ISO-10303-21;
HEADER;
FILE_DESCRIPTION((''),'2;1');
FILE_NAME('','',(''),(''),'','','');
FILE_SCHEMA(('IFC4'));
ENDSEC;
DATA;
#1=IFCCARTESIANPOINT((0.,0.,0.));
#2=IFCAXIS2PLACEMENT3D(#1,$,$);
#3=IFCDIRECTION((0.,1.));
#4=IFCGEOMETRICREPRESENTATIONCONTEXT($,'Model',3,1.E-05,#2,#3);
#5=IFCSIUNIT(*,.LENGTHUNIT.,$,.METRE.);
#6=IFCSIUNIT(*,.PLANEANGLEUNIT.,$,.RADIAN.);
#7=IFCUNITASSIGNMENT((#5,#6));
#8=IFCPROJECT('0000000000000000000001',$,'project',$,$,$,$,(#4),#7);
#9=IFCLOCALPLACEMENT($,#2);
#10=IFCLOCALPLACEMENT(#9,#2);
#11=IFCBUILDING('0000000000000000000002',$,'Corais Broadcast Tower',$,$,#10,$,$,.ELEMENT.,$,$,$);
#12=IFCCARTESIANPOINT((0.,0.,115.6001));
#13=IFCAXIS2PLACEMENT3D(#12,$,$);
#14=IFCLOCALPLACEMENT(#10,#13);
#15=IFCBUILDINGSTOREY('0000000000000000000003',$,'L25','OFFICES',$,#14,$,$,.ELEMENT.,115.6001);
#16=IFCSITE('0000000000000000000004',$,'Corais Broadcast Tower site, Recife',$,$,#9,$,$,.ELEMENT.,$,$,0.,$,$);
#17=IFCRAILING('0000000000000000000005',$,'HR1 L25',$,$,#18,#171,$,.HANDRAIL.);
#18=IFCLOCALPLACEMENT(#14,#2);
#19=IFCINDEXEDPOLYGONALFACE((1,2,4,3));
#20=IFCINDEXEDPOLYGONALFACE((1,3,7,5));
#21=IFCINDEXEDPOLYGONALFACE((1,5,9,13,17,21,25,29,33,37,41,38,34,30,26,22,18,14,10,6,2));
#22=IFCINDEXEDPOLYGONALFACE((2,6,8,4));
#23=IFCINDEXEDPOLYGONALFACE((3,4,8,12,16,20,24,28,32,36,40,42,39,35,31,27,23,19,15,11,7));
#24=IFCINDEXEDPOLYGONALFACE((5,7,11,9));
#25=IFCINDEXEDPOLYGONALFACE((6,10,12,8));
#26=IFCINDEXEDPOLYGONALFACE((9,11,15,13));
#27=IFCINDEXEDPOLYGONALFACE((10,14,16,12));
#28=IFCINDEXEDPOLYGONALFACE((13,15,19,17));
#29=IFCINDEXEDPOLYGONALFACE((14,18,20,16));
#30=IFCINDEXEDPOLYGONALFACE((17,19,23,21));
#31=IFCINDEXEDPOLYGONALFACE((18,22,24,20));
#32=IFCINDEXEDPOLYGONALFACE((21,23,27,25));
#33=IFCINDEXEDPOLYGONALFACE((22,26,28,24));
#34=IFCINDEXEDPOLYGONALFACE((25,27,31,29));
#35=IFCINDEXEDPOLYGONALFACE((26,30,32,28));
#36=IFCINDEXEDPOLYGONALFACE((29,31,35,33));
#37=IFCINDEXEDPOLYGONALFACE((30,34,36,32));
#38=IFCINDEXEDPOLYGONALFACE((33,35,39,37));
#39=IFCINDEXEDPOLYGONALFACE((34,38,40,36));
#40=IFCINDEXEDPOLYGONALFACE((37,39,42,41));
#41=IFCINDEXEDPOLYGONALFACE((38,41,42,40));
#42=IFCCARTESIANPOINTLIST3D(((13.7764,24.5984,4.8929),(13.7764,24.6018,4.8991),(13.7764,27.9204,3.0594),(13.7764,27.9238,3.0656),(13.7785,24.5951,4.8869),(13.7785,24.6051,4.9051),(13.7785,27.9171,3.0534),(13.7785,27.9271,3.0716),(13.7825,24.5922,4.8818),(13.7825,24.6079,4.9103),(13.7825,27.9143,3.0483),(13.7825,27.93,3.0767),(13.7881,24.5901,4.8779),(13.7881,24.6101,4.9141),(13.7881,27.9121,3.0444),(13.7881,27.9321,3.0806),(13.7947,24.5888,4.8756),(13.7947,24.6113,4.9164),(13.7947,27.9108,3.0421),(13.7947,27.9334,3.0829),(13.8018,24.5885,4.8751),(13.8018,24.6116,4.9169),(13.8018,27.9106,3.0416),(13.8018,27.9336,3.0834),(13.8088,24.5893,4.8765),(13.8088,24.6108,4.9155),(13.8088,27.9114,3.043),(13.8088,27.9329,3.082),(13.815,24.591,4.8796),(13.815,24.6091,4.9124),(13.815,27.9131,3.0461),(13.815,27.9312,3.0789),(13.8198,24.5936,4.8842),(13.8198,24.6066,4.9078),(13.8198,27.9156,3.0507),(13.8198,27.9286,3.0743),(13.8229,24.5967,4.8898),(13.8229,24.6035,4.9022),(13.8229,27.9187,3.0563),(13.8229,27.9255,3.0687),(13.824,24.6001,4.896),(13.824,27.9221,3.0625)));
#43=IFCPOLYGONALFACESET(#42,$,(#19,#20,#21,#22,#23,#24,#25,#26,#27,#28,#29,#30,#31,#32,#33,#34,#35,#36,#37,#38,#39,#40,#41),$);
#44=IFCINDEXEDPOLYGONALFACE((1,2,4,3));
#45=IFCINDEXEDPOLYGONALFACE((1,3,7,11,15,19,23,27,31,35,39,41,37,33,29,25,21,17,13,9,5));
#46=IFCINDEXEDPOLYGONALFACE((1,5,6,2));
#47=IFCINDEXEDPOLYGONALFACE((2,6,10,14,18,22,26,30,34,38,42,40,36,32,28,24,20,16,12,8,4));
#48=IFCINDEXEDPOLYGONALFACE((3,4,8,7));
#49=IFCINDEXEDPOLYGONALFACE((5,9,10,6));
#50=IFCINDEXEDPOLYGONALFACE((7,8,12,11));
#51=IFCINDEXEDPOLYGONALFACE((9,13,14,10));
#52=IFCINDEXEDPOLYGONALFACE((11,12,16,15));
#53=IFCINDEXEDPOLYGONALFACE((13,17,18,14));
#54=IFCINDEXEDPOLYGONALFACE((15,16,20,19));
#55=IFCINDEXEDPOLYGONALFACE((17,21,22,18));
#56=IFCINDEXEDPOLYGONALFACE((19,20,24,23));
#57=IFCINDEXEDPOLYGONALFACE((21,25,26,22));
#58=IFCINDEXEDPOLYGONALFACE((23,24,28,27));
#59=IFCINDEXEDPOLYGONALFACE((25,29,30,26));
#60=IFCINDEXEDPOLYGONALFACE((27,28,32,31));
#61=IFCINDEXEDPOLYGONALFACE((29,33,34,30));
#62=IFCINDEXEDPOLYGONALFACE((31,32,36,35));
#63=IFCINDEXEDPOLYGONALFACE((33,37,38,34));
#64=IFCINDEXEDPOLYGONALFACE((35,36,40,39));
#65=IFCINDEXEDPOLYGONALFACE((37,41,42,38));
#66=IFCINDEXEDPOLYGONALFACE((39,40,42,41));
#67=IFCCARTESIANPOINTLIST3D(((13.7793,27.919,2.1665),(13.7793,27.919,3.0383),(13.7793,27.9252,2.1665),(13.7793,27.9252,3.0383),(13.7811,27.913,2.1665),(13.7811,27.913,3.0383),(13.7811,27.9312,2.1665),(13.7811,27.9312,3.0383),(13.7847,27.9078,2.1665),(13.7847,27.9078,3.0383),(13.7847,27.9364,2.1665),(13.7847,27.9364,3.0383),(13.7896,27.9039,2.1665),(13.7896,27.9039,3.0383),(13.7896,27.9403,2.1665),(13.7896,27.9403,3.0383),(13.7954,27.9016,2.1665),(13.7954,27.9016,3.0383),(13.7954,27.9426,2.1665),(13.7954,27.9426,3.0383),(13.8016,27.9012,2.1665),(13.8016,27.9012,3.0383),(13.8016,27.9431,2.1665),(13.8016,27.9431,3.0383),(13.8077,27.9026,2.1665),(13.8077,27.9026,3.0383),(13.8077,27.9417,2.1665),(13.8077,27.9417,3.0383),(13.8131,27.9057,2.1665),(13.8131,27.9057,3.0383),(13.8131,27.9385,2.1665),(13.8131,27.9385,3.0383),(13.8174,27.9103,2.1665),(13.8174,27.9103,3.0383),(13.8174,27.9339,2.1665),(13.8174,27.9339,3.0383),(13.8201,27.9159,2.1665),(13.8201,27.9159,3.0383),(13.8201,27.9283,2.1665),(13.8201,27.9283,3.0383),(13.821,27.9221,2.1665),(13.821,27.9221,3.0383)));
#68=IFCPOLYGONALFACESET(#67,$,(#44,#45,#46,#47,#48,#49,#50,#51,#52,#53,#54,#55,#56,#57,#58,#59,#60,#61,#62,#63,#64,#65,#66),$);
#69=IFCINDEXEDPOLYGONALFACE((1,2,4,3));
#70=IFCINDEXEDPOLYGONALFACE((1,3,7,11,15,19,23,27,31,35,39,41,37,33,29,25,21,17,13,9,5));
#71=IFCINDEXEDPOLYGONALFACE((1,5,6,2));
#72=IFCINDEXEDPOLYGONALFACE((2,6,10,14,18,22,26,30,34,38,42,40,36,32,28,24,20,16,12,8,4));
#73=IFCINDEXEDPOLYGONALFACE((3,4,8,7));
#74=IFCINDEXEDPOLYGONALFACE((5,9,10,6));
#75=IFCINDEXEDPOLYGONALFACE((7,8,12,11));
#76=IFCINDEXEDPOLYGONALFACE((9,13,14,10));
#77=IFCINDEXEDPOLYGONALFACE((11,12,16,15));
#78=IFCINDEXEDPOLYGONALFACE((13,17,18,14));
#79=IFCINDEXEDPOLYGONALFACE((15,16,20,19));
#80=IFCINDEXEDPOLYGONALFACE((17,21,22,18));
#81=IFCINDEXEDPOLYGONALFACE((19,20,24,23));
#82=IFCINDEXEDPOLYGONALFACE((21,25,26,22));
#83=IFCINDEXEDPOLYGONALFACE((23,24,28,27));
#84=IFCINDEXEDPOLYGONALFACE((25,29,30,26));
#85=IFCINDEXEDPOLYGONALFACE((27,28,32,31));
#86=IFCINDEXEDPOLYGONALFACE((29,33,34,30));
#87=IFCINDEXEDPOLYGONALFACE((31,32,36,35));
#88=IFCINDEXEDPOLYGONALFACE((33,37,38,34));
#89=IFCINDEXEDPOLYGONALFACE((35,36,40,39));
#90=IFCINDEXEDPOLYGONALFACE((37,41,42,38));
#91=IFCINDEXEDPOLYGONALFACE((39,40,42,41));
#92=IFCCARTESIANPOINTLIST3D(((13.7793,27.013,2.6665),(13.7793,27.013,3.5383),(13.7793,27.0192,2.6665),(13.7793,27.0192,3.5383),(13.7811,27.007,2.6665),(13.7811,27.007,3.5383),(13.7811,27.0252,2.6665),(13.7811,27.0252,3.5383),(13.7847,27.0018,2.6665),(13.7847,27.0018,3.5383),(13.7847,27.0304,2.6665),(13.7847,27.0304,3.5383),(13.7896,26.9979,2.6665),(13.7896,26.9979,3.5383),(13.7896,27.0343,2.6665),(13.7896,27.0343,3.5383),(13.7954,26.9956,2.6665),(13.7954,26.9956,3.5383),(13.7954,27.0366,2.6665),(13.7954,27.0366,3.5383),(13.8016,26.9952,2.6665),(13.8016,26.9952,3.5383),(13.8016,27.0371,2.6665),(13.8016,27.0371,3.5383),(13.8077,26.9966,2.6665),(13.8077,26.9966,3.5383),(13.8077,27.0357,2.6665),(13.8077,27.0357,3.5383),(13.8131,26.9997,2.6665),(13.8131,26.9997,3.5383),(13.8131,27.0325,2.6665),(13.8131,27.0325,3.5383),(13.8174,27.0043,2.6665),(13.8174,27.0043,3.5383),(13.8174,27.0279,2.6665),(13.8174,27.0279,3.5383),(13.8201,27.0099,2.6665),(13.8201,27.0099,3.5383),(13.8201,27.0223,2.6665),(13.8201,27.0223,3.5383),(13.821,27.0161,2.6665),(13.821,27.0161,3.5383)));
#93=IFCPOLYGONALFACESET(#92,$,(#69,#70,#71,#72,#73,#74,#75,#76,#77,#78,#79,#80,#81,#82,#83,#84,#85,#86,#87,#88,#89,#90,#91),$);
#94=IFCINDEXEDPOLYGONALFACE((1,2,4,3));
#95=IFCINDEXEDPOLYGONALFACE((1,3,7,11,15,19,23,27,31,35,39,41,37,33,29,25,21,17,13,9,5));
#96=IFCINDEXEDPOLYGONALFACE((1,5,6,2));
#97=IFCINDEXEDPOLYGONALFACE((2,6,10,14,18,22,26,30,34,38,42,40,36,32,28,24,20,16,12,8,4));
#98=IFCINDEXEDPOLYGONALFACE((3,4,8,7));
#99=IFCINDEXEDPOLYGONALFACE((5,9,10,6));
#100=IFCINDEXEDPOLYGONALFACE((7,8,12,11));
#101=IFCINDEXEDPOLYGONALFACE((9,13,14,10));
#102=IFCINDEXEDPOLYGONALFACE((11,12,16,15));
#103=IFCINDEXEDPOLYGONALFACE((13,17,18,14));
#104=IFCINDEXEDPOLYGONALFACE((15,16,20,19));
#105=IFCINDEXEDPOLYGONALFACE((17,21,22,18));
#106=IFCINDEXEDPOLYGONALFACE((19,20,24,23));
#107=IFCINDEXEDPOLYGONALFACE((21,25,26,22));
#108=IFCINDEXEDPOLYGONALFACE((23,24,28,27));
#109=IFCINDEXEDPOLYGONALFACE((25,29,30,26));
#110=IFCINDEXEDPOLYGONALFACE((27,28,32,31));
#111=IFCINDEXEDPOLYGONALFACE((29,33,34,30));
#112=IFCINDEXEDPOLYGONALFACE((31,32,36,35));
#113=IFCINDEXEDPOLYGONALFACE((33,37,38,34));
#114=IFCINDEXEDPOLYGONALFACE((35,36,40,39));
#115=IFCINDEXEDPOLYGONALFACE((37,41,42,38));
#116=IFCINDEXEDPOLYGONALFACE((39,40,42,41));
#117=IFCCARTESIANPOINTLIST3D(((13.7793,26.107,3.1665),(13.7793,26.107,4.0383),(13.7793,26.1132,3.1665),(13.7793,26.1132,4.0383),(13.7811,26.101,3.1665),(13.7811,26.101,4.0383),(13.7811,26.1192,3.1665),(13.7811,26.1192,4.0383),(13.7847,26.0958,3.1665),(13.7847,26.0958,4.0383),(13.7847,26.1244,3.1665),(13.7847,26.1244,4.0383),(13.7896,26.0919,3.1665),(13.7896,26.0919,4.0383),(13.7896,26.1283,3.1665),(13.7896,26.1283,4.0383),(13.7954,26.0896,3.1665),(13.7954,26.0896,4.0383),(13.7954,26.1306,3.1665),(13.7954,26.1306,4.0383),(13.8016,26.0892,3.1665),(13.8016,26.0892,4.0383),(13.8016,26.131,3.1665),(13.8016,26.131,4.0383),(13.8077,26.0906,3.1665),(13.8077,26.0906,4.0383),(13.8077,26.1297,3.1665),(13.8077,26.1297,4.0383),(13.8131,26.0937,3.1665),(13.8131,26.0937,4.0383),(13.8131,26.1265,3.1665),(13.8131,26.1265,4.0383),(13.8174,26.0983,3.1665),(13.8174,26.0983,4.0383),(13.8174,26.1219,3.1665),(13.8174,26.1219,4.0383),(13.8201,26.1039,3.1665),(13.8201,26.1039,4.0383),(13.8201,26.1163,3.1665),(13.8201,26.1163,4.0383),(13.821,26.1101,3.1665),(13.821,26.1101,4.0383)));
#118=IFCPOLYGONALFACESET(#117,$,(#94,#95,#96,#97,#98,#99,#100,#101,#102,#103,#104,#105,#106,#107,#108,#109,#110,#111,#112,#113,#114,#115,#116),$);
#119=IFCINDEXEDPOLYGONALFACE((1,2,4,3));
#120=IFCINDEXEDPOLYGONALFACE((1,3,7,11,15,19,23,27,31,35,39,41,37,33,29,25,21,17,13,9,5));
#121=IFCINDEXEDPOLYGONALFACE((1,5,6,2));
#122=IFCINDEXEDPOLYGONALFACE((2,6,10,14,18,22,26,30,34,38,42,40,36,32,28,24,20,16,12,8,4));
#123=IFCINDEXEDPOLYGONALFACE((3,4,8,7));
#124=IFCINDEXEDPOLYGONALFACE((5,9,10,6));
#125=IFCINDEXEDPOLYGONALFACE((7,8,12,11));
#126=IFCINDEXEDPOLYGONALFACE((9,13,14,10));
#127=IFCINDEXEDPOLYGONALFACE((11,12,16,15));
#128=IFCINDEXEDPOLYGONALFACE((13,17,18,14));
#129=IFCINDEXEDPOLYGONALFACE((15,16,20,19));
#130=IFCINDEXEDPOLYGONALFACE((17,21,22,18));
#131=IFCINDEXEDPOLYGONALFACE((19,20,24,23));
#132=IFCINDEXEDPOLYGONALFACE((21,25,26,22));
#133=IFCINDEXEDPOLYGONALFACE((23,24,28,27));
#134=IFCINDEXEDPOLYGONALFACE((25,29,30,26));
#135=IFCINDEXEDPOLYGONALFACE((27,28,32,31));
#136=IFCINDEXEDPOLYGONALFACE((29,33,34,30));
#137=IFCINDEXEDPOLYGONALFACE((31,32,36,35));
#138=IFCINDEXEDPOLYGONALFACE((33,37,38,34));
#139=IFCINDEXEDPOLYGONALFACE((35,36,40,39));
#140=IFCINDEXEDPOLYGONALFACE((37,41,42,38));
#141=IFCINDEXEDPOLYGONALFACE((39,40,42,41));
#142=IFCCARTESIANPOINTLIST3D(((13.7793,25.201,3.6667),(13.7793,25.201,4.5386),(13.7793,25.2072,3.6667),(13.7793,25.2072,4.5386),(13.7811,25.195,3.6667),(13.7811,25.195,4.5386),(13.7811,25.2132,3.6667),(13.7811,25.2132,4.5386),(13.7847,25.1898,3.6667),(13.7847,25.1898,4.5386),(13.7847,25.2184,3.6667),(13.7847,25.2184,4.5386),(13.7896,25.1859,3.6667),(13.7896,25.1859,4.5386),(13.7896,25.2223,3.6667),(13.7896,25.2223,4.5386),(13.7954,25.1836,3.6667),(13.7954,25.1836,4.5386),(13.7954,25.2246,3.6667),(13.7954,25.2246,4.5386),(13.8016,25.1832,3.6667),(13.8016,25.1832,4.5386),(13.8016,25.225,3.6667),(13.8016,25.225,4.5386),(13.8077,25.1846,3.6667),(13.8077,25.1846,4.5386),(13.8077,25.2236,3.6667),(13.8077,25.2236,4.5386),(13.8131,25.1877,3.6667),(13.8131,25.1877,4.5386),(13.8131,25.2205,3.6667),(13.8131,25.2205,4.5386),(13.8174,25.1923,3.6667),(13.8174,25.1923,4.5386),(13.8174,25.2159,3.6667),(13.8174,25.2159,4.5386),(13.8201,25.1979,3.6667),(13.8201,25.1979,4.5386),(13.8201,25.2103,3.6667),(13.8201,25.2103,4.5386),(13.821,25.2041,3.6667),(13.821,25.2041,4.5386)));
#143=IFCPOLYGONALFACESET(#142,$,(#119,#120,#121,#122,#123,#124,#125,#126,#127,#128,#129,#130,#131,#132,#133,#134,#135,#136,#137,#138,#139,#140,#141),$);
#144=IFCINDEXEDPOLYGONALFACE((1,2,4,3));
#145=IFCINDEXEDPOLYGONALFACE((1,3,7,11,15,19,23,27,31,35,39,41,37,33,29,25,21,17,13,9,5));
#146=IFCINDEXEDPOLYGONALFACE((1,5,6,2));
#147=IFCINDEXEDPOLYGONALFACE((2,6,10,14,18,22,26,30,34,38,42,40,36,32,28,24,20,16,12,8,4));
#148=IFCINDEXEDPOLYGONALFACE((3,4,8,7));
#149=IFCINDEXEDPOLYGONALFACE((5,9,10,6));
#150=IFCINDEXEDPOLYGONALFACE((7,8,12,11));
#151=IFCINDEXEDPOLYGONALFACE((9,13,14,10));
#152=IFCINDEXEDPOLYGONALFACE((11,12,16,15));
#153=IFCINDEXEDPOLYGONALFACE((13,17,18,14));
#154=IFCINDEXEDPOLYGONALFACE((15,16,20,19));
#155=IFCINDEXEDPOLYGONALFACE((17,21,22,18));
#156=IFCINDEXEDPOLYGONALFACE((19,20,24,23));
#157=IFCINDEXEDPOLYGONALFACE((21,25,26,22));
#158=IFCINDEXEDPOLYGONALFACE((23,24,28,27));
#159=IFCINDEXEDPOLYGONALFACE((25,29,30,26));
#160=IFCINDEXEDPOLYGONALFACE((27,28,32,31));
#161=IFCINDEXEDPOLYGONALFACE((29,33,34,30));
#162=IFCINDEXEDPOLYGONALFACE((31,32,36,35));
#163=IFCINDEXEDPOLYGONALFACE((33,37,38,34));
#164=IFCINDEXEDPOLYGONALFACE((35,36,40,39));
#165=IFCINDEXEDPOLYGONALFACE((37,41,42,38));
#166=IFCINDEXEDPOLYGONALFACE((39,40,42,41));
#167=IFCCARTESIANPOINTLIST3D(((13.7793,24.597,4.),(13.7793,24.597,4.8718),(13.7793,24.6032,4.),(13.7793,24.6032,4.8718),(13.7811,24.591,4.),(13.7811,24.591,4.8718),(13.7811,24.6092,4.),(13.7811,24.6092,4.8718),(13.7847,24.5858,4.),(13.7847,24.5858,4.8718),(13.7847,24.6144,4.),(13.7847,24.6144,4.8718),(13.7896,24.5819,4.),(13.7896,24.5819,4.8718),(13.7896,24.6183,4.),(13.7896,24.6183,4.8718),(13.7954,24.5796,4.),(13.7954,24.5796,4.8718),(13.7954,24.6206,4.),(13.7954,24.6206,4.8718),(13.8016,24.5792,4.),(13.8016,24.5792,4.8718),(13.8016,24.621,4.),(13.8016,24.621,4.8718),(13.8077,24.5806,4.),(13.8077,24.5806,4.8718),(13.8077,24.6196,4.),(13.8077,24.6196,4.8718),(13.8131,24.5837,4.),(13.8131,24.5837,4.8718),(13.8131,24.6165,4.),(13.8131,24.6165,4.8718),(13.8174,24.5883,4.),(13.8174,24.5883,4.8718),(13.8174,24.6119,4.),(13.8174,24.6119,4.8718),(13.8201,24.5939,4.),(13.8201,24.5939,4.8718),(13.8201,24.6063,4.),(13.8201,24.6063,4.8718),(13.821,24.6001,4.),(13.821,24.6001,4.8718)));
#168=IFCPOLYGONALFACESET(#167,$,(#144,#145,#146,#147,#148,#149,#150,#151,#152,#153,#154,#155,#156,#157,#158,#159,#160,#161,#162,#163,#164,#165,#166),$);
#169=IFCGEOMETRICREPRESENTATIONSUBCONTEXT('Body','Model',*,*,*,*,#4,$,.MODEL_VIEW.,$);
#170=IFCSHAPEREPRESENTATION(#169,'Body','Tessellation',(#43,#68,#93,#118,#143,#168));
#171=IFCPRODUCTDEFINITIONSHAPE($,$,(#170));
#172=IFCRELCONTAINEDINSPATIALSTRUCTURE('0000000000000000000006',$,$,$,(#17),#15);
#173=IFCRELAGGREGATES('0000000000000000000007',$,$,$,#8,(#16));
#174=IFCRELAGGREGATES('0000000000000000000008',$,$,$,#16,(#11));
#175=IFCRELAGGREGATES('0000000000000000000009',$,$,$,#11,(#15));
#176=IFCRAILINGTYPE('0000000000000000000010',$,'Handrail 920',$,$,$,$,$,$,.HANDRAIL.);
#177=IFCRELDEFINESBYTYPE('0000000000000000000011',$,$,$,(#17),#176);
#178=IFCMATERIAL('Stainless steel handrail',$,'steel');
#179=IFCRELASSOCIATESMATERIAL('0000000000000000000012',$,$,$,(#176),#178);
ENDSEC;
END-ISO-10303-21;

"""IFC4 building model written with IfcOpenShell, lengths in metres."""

from ifc_helpers import new_model, si_unit, direction, frame, origin, origin_2d, place, context, subcontext, project, spatial, circle, extrude, material, type_object, element, save


model = new_model("IFC4")

# Units and contexts
model_context = context("Model", 3, precision=1e-05, world=origin(), true_north=direction((0.0, 1.0)))
body_context = subcontext(model_context, "Body", "Model", "MODEL_VIEW")
ifc_project = project(units=[si_unit("LENGTHUNIT", "METRE"), si_unit("PLANEANGLEUNIT", "RADIAN")], contexts=[model_context])

# Site, building, storey
site_placement = place(None, origin())
site = spatial("IfcSite", under=ifc_project, at=site_placement, Name="Corais Broadcast Tower site, Recife", CompositionType="ELEMENT", RefElevation=0.0)
building_placement = place(site_placement, origin())
building = spatial("IfcBuilding", under=site, at=building_placement, Name="Corais Broadcast Tower", CompositionType="ELEMENT")
storey_placement = place(building_placement, frame((0.0, 0.0, 115.6001)))
storey = spatial("IfcBuildingStorey", under=building, at=storey_placement, Name="L25", Description="OFFICES", CompositionType="ELEMENT", Elevation=115.6001)

# Railing
ifc_material_1 = material(Name="Stainless steel handrail", Category="steel")
railing_type = type_object("IfcRailingType", Name="Handrail 920", PredefinedType="HANDRAIL", material=ifc_material_1)
for number, where, name in (
    (1, (13.8, 27.9221, 2.1665), "HR1 L25"),
):
    element("IfcRailing", number, at=place(storey_placement, frame(where)), inside=storey, type_object=railing_type, Name=name, PredefinedType="HANDRAIL", context=body_context, shape_type="SweptSolid", body=[
        extrude(circle(Radius=0.0239, at=origin_2d()), frame((0.0, 0.0, 0.896), z_axis=(0.0, -0.875504, 0.48321), x_axis=(1.0, 0.0, 0.0)), (0.0, 0.0, 1.0), 3.7944),
        extrude(circle(Radius=0.021, at=origin_2d()), origin(), (0.0, 0.0, 1.0), 0.8718),
        extrude(circle(Radius=0.021, at=origin_2d()), frame((0.0, -0.906, 0.5)), (0.0, 0.0, 1.0), 0.8718),
        extrude(circle(Radius=0.021, at=origin_2d()), frame((0.0, -1.812, 1.0)), (0.0, 0.0, 1.0), 0.8718),
        extrude(circle(Radius=0.021, at=origin_2d()), frame((0.0, -2.718, 1.5002)), (0.0, 0.0, 1.0), 0.8718),
        extrude(circle(Radius=0.021, at=origin_2d()), frame((0.0, -3.322, 1.8335)), (0.0, 0.0, 1.0), 0.8718),
    ])

save(model, "model.ifc")
